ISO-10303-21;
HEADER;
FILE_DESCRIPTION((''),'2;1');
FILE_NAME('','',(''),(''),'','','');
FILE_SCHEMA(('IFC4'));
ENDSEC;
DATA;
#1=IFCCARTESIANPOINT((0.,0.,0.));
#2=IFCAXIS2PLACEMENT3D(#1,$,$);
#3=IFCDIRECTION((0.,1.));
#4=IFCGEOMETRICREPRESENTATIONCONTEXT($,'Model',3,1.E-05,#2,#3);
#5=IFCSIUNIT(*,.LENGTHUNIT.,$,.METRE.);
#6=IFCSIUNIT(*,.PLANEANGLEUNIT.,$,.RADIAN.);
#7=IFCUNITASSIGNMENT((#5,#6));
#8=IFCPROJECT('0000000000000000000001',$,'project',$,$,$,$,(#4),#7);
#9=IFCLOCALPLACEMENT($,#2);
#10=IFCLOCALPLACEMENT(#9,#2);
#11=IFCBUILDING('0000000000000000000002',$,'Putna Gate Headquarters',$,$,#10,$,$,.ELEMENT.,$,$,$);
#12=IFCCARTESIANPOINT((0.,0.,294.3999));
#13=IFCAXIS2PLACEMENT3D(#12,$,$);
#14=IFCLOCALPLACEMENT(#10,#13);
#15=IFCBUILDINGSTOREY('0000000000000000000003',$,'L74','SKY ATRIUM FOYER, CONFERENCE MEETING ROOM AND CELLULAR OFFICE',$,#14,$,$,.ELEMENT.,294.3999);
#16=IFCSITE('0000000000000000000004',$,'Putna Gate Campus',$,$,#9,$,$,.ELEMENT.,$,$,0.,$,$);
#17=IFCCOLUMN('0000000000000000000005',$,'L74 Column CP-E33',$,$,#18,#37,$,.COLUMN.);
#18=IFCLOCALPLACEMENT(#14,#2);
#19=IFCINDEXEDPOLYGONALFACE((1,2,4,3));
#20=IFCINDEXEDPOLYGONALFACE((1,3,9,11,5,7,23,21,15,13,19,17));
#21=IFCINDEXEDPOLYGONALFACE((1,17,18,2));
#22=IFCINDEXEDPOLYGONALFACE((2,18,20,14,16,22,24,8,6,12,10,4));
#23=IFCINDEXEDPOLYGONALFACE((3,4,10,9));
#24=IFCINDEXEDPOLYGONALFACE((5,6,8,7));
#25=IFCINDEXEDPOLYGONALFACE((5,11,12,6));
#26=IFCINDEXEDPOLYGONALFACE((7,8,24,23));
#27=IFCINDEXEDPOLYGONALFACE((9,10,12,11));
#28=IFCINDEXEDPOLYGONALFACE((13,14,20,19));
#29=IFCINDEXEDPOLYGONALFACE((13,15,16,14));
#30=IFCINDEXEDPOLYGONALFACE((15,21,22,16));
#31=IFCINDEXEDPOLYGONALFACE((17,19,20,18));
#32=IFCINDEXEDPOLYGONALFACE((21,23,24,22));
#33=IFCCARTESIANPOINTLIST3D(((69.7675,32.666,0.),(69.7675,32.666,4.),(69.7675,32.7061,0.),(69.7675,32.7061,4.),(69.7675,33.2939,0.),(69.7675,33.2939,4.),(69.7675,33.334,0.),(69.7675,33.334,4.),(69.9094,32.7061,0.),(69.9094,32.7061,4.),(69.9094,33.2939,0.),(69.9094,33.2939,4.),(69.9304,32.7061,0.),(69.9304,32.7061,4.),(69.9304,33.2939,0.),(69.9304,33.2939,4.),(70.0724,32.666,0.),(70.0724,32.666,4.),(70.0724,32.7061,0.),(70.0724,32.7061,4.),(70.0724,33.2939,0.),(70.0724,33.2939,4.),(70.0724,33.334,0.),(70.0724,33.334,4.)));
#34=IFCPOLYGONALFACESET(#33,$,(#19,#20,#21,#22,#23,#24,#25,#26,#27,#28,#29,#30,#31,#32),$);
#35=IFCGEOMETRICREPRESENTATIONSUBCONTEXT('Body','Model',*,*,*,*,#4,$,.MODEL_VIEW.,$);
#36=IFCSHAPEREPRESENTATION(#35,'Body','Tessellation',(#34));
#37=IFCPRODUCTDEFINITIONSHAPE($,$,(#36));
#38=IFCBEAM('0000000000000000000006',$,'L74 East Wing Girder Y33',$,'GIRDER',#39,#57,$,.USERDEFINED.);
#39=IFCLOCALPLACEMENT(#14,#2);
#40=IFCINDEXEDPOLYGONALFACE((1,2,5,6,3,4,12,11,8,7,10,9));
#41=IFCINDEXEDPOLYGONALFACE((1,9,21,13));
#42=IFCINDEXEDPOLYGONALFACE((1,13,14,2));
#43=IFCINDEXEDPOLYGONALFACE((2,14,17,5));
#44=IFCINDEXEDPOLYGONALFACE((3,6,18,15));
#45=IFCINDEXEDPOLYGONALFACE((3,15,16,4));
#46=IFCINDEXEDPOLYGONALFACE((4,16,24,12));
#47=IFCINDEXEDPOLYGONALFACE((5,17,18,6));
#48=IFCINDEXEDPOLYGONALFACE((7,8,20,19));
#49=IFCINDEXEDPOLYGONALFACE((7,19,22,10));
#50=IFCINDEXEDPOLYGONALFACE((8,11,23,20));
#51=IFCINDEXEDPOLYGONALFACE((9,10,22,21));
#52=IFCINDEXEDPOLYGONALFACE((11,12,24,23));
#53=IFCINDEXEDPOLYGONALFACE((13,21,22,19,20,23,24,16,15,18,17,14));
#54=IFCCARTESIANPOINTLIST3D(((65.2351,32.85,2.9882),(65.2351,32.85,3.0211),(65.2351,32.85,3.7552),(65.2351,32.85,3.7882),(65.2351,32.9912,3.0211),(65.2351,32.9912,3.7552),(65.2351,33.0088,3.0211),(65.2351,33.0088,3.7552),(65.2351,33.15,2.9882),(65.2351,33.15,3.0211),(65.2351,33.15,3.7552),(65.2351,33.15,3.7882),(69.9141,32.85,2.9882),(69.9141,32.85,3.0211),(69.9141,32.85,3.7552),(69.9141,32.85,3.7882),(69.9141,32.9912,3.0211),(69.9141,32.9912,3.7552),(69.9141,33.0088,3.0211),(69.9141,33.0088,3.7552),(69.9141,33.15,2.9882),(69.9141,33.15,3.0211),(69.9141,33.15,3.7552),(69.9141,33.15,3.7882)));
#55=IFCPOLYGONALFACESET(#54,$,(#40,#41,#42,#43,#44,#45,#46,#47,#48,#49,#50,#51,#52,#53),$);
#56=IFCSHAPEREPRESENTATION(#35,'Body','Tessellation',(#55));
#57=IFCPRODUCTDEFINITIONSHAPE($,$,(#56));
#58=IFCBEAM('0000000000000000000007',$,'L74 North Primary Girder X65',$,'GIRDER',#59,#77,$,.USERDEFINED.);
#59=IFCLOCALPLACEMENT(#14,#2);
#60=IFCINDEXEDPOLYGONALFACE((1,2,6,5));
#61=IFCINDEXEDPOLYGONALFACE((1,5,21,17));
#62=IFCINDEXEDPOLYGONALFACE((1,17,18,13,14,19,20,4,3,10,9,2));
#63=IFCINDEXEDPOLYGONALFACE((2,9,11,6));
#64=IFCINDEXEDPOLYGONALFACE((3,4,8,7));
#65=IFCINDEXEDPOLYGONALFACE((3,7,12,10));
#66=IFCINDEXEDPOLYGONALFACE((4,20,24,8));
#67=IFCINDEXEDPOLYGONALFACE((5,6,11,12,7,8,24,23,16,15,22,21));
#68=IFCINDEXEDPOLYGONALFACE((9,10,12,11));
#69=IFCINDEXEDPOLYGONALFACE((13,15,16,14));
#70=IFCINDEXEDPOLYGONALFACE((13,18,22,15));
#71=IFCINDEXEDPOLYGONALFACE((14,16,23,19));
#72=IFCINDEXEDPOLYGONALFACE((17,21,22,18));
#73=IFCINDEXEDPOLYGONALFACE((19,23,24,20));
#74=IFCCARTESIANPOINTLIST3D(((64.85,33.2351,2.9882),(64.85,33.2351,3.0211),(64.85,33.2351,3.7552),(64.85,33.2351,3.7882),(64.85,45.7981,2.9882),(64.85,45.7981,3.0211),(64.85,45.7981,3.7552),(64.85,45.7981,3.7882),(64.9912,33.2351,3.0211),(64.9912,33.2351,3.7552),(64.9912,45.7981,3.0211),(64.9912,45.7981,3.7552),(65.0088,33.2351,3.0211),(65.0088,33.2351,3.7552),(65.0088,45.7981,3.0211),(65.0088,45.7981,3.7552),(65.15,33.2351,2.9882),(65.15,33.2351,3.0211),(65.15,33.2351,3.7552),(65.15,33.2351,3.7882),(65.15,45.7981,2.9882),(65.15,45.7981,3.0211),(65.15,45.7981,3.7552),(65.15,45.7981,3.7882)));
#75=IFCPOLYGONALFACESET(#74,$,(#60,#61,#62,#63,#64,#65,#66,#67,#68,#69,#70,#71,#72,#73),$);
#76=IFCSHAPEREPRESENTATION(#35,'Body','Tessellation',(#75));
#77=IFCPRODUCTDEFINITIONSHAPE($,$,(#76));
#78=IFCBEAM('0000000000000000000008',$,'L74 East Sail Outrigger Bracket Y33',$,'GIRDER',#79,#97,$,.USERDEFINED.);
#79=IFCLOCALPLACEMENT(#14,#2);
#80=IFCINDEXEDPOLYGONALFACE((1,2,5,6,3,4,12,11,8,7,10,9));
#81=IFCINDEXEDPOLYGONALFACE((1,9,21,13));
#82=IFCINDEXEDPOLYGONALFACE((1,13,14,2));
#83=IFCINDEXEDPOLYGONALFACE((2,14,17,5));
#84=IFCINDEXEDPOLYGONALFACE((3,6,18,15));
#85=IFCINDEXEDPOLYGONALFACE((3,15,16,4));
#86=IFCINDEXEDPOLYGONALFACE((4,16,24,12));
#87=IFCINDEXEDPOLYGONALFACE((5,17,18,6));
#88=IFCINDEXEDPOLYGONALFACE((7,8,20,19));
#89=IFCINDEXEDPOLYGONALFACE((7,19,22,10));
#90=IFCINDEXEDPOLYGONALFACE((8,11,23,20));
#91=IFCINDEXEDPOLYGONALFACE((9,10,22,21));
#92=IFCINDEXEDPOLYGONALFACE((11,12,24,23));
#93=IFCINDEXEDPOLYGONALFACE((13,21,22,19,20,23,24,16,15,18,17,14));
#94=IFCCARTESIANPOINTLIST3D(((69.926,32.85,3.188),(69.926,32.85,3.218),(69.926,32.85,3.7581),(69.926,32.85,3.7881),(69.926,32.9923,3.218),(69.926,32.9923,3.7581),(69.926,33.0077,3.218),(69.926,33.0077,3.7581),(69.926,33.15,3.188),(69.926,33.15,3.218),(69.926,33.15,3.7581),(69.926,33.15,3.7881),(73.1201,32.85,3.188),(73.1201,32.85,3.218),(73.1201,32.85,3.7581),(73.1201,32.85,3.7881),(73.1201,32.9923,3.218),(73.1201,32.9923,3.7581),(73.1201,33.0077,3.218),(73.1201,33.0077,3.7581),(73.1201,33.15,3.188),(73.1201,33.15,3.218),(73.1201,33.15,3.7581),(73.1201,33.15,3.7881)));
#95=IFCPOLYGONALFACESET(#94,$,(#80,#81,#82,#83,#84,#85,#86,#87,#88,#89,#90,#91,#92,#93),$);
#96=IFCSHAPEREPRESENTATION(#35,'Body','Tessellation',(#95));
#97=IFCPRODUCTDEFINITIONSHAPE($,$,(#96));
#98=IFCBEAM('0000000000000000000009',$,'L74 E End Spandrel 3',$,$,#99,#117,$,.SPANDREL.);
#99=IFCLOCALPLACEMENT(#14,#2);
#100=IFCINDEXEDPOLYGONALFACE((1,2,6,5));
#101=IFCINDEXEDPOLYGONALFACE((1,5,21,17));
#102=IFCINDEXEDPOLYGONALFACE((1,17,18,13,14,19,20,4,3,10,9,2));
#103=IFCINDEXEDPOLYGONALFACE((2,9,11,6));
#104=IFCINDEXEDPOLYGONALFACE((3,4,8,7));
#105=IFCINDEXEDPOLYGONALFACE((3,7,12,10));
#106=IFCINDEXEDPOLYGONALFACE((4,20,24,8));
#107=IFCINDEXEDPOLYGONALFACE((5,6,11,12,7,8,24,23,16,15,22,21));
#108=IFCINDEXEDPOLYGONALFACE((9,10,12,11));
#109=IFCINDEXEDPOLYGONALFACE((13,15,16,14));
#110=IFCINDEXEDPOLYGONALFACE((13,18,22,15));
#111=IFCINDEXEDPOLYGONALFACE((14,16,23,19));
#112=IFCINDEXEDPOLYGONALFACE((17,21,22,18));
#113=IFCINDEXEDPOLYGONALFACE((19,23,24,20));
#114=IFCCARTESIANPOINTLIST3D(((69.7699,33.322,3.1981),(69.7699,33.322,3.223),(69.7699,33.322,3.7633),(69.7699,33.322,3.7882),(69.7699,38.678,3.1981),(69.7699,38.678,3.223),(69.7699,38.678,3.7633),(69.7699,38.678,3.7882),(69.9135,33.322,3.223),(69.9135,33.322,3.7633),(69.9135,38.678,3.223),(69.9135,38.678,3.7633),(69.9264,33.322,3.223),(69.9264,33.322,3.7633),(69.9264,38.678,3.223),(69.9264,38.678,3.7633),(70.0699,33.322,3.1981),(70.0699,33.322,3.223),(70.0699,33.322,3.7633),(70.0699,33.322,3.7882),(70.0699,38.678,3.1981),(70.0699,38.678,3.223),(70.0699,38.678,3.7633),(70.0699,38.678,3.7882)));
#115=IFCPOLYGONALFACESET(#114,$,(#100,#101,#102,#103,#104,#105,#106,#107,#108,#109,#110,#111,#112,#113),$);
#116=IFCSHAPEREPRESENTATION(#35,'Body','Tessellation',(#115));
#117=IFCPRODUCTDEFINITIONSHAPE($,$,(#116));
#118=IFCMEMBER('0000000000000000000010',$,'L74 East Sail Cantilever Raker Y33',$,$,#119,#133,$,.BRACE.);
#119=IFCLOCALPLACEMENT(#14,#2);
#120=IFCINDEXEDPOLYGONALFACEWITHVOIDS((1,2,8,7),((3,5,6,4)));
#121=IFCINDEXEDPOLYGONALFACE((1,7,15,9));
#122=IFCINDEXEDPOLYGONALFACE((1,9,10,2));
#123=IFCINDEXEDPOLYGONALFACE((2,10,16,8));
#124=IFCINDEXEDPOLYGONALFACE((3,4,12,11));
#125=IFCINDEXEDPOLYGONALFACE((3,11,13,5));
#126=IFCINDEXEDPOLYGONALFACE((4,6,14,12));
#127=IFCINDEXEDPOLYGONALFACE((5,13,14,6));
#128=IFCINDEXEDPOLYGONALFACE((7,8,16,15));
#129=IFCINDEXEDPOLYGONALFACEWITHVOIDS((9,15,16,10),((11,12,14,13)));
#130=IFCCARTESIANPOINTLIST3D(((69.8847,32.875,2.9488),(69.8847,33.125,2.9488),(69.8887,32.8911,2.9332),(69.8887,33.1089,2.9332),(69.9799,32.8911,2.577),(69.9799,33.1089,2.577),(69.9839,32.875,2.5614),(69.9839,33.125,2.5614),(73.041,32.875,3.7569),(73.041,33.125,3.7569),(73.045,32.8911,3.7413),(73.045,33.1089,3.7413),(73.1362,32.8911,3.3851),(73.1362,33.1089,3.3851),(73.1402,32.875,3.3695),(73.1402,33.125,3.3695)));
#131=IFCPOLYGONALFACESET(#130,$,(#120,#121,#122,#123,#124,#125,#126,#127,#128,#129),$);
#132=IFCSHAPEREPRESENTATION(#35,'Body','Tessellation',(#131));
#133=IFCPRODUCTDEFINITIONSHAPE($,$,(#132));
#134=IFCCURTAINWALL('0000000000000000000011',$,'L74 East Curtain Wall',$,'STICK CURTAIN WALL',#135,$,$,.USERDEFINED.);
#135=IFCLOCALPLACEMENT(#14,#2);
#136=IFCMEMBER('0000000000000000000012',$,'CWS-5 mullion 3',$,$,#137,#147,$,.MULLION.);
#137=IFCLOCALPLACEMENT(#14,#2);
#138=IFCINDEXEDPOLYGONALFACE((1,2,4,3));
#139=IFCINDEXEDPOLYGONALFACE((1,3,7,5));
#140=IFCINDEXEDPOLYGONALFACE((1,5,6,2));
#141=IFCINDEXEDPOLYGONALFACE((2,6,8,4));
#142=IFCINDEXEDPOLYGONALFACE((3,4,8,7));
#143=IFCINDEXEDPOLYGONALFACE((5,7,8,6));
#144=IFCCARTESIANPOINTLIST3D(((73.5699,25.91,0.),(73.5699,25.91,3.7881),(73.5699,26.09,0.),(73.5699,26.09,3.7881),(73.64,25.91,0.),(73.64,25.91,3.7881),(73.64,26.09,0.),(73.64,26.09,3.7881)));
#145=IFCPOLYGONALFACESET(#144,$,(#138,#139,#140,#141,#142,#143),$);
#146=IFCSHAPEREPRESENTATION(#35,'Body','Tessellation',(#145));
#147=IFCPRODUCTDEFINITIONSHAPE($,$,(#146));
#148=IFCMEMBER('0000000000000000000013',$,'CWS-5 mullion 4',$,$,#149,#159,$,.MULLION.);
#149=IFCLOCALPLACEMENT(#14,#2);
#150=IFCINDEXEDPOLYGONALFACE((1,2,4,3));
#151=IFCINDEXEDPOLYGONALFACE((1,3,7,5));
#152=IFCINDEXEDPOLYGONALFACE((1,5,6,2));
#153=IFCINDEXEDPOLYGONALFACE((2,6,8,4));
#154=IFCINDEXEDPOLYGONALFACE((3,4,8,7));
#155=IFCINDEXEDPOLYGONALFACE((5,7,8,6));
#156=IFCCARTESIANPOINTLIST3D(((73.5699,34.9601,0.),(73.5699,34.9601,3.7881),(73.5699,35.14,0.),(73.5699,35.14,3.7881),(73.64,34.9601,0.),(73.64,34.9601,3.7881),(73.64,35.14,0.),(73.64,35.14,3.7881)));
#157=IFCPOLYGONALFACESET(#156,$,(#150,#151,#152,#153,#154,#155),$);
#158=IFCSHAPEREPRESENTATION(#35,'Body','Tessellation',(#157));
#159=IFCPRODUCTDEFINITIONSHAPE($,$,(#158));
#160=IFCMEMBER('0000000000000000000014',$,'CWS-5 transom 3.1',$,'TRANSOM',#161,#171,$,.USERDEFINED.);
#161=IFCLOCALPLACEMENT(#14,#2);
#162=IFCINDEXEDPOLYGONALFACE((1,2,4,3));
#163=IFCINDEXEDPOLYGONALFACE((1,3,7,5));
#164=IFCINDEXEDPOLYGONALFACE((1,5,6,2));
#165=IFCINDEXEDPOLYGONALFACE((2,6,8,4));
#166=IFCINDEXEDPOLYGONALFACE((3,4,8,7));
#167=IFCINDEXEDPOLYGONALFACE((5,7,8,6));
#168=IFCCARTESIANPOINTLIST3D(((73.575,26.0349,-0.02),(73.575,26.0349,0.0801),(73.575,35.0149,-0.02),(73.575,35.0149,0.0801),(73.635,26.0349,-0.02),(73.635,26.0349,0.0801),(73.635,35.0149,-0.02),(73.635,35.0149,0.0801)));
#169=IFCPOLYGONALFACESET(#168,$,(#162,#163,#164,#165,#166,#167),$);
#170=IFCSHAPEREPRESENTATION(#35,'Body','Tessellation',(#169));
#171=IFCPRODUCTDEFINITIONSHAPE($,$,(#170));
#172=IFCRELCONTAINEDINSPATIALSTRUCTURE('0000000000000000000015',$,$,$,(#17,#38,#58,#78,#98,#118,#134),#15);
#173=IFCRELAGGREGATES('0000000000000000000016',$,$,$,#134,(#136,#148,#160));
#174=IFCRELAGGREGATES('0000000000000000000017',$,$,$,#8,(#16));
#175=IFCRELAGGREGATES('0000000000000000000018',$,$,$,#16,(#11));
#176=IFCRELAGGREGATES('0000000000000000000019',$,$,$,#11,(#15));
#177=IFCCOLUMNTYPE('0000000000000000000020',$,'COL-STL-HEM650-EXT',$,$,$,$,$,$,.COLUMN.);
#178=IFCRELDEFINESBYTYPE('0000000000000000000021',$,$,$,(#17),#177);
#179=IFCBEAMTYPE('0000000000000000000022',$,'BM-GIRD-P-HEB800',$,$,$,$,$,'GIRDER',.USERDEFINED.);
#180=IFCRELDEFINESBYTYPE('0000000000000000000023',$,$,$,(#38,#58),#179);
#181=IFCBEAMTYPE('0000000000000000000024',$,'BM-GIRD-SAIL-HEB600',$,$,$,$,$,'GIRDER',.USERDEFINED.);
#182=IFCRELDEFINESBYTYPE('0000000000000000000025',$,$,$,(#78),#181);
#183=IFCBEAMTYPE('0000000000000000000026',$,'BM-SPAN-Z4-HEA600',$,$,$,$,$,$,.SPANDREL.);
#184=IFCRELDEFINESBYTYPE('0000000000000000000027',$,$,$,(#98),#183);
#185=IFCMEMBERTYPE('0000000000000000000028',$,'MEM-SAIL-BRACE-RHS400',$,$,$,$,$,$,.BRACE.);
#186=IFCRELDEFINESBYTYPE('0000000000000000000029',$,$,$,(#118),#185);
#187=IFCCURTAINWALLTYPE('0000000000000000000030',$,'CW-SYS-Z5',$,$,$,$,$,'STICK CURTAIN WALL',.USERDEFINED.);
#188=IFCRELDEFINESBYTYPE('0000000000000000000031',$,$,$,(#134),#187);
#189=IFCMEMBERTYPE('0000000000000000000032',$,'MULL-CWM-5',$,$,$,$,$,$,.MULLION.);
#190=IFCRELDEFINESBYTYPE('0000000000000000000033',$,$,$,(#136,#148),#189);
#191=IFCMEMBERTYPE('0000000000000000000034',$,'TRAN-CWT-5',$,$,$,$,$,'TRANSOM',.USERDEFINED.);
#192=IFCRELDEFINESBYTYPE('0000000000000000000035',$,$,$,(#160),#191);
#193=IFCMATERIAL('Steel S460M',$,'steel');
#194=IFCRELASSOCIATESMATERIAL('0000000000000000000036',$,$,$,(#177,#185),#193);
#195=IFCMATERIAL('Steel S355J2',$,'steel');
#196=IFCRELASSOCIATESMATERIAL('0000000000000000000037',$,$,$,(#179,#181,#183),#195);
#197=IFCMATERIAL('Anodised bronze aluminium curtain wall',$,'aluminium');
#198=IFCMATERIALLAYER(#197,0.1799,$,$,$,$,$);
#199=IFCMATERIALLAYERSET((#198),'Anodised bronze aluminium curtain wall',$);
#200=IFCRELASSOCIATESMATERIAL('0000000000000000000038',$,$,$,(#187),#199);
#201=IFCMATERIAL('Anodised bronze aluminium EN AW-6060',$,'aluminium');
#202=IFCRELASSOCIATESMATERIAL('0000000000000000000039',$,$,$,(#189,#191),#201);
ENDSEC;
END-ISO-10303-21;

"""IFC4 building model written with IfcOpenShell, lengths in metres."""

from ifc_helpers import new_model, si_unit, direction, frame, origin, origin_2d, place, context, subcontext, project, spatial, rectangle, hollow_rectangle, i_section, extrude, material, layer, layer_set, material_profile, profile_set, type_object, element, aggregate, save


model = new_model("IFC4")

# Units and contexts
model_context = context("Model", 3, precision=1e-05, world=origin(), true_north=direction((0.0, 1.0)))
body_context = subcontext(model_context, "Body", "Model", "MODEL_VIEW")
ifc_project = project(units=[si_unit("LENGTHUNIT", "METRE"), si_unit("PLANEANGLEUNIT", "RADIAN")], contexts=[model_context])

# Site, building, storey
site_placement = place(None, origin())
site = spatial("IfcSite", under=ifc_project, at=site_placement, Name="Putna Gate Campus", CompositionType="ELEMENT", RefElevation=0.0)
building_placement = place(site_placement, origin())
building = spatial("IfcBuilding", under=site, at=building_placement, Name="Putna Gate Headquarters", CompositionType="ELEMENT")
storey_placement = place(building_placement, frame((0.0, 0.0, 294.3999)))
storey = spatial("IfcBuildingStorey", under=building, at=storey_placement, Name="L74", Description="SKY ATRIUM FOYER, CONFERENCE MEETING ROOM AND CELLULAR OFFICE", CompositionType="ELEMENT", Elevation=294.3999)

# Column
ifc_material_1 = material(Name="Steel S460M", Category="steel")
ifc_material_profile_1 = material_profile(ifc_material_1, i_section(OverallWidth=0.3049, OverallDepth=0.668, WebThickness=0.021, FlangeThickness=0.04, at=origin_2d()), Name="Steel S460M")
ifc_profile_set_1 = profile_set([ifc_material_profile_1], Name="Steel S460M")
column_type = type_object("IfcColumnType", Name="COL-STL-HEM650-EXT", PredefinedType="COLUMN", material=ifc_profile_set_1)
column_placement = place(storey_placement, frame((69.9199, 33.0, 0.0), z_axis=(0.0, 0.0, 1.0), x_axis=(1.0, 0.0, 0.0)))
element("IfcColumn", 1, at=column_placement, inside=storey, type_object=column_type, Name="L74 Column CP-E33", PredefinedType="COLUMN", context=body_context, shape_type="SweptSolid", body=[
    extrude(i_section(OverallWidth=0.3049, OverallDepth=0.668, WebThickness=0.021, FlangeThickness=0.04, at=origin_2d()), origin(), (0.0, 0.0, 1.0), 4.0),
])

# Beams
ifc_material_2 = material(Name="Steel S355J2", Category="steel")
ifc_material_profile_2 = material_profile(ifc_material_2, i_section(OverallWidth=0.3, OverallDepth=0.8, WebThickness=0.0176, FlangeThickness=0.033, at=origin_2d()), Name="Steel S355J2")
ifc_profile_set_2 = profile_set([ifc_material_profile_2], Name="Steel S355J2")
beam_type_1 = type_object("IfcBeamType", Name="BM-GIRD-P-HEB800", ElementType="GIRDER", PredefinedType="USERDEFINED", material=ifc_profile_set_2)
beam_1_placement = place(storey_placement, frame((65.2351, 33.0, 3.3882), z_axis=(1.0, 0.0, 0.0), x_axis=(0.0, 1.0, 0.0)))
element("IfcBeam", 2, at=beam_1_placement, inside=storey, type_object=beam_type_1, Name="L74 East Wing Girder Y33", ObjectType="GIRDER", PredefinedType="USERDEFINED", context=body_context, shape_type="SweptSolid", body=[
    extrude(i_section(OverallWidth=0.3, OverallDepth=0.8, WebThickness=0.0176, FlangeThickness=0.033, at=origin_2d()), origin(), (0.0, 0.0, 1.0), 4.679),
])
beam_2_placement = place(storey_placement, frame((65.0, 33.2351, 3.3882), z_axis=(0.0, 1.0, 0.0), x_axis=(-1.0, 0.0, 0.0)))
element("IfcBeam", 3, at=beam_2_placement, inside=storey, type_object=beam_type_1, Name="L74 North Primary Girder X65", ObjectType="GIRDER", PredefinedType="USERDEFINED", context=body_context, shape_type="SweptSolid", body=[
    extrude(i_section(OverallWidth=0.3, OverallDepth=0.8, WebThickness=0.0176, FlangeThickness=0.033, at=origin_2d()), origin(), (0.0, 0.0, 1.0), 12.563),
])
ifc_material_profile_3 = material_profile(ifc_material_2, i_section(OverallWidth=0.3, OverallDepth=0.6001, WebThickness=0.0154, FlangeThickness=0.03, at=origin_2d()), Name="Steel S355J2")
ifc_profile_set_3 = profile_set([ifc_material_profile_3], Name="Steel S355J2")
beam_type_2 = type_object("IfcBeamType", Name="BM-GIRD-SAIL-HEB600", ElementType="GIRDER", PredefinedType="USERDEFINED", material=ifc_profile_set_3)
beam_3_placement = place(storey_placement, frame((69.926, 33.0, 3.488), z_axis=(1.0, 0.0, 0.0), x_axis=(0.0, 1.0, 0.0)))
element("IfcBeam", 4, at=beam_3_placement, inside=storey, type_object=beam_type_2, Name="L74 East Sail Outrigger Bracket Y33", ObjectType="GIRDER", PredefinedType="USERDEFINED", context=body_context, shape_type="SweptSolid", body=[
    extrude(i_section(OverallWidth=0.3, OverallDepth=0.6001, WebThickness=0.0154, FlangeThickness=0.03, at=origin_2d()), origin(), (0.0, 0.0, 1.0), 3.1941),
])
ifc_material_profile_4 = material_profile(ifc_material_2, i_section(OverallWidth=0.3, OverallDepth=0.5901, WebThickness=0.0129, FlangeThickness=0.0249, at=origin_2d()), Name="Steel S355J2")
ifc_profile_set_4 = profile_set([ifc_material_profile_4], Name="Steel S355J2")
beam_type_3 = type_object("IfcBeamType", Name="BM-SPAN-Z4-HEA600", PredefinedType="SPANDREL", material=ifc_profile_set_4)
beam_4_placement = place(storey_placement, frame((69.9199, 33.322, 3.4932), z_axis=(0.0, 1.0, 0.0), x_axis=(-1.0, 0.0, 0.0)))
element("IfcBeam", 5, at=beam_4_placement, inside=storey, type_object=beam_type_3, Name="L74 E End Spandrel 3", PredefinedType="SPANDREL", context=body_context, shape_type="SweptSolid", body=[
    extrude(i_section(OverallWidth=0.3, OverallDepth=0.5901, WebThickness=0.0129, FlangeThickness=0.0249, at=origin_2d()), origin(), (0.0, 0.0, 1.0), 5.356),
])

# Member
ifc_material_profile_5 = material_profile(ifc_material_1, hollow_rectangle(XDim=0.25, YDim=0.3999, WallThickness=0.0161, at=origin_2d()), Name="Steel S460M")
ifc_profile_set_5 = profile_set([ifc_material_profile_5], Name="Steel S460M")
member_type_1 = type_object("IfcMemberType", Name="MEM-SAIL-BRACE-RHS400", PredefinedType="BRACE", material=ifc_profile_set_5)
member_1_placement = place(storey_placement, frame((69.9343, 33.0, 2.7551), z_axis=(0.968752, 0.0, 0.248033), x_axis=(0.0, 1.0, 0.0)))
element("IfcMember", 6, at=member_1_placement, inside=storey, type_object=member_type_1, Name="L74 East Sail Cantilever Raker Y33", PredefinedType="BRACE", context=body_context, shape_type="SweptSolid", body=[
    extrude(hollow_rectangle(XDim=0.25, YDim=0.3999, WallThickness=0.0161, at=origin_2d()), origin(), (0.0, 0.0, 1.0), 3.2581),
])

# Curtain wall, members
ifc_material_3 = material(Name="Anodised bronze aluminium curtain wall", Category="aluminium")
ifc_layer_1 = layer(ifc_material_3, 0.1799)
ifc_layer_set_1 = layer_set([ifc_layer_1], Name="Anodised bronze aluminium curtain wall")
curtain_wall_type = type_object("IfcCurtainWallType", Name="CW-SYS-Z5", ElementType="STICK CURTAIN WALL", PredefinedType="USERDEFINED", material=ifc_layer_set_1)
curtain_wall_placement = place(storey_placement, origin())
curtain_wall = element("IfcCurtainWall", 7, at=curtain_wall_placement, inside=storey, type_object=curtain_wall_type, Name="L74 East Curtain Wall", ObjectType="STICK CURTAIN WALL", PredefinedType="USERDEFINED")
ifc_material_4 = material(Name="Anodised bronze aluminium EN AW-6060", Category="aluminium")
ifc_material_profile_6 = material_profile(ifc_material_4, rectangle(XDim=0.0701, YDim=0.1799, at=origin_2d()), Name="Anodised bronze aluminium EN AW-6060")
ifc_profile_set_6 = profile_set([ifc_material_profile_6], Name="Anodised bronze aluminium EN AW-6060")
member_type_2 = type_object("IfcMemberType", Name="MULL-CWM-5", PredefinedType="MULLION", material=ifc_profile_set_6)
member_2_placement = place(storey_placement, frame((73.605, 26.0, 0.0), z_axis=(0.0, 0.0, 1.0), x_axis=(-1.0, 0.0, 0.0)))
member_2 = element("IfcMember", 8, at=member_2_placement, type_object=member_type_2, Name="CWS-5 mullion 3", PredefinedType="MULLION", context=body_context, shape_type="SweptSolid", body=[
    extrude(rectangle(XDim=0.0701, YDim=0.1799, at=origin_2d()), origin(), (0.0, 0.0, 1.0), 3.7881),
])
member_3_placement = place(storey_placement, frame((73.605, 35.05, 0.0), z_axis=(0.0, 0.0, 1.0), x_axis=(-1.0, 0.0, 0.0)))
member_3 = element("IfcMember", 9, at=member_3_placement, type_object=member_type_2, Name="CWS-5 mullion 4", PredefinedType="MULLION", context=body_context, shape_type="SweptSolid", body=[
    extrude(rectangle(XDim=0.0701, YDim=0.1799, at=origin_2d()), origin(), (0.0, 0.0, 1.0), 3.7881),
])
ifc_material_profile_7 = material_profile(ifc_material_4, rectangle(XDim=0.0601, YDim=0.1001, at=origin_2d()), Name="Anodised bronze aluminium EN AW-6060")
ifc_profile_set_7 = profile_set([ifc_material_profile_7], Name="Anodised bronze aluminium EN AW-6060")
member_type_3 = type_object("IfcMemberType", Name="TRAN-CWT-5", ElementType="TRANSOM", PredefinedType="USERDEFINED", material=ifc_profile_set_7)
member_4_placement = place(storey_placement, frame((73.605, 26.0349, 0.03), z_axis=(0.0, 1.0, 0.0), x_axis=(-1.0, 0.0, 0.0)))
member_4 = element("IfcMember", 10, at=member_4_placement, type_object=member_type_3, Name="CWS-5 transom 3.1", ObjectType="TRANSOM", PredefinedType="USERDEFINED", context=body_context, shape_type="SweptSolid", body=[
    extrude(rectangle(XDim=0.0601, YDim=0.1001, at=origin_2d()), origin(), (0.0, 0.0, 1.0), 8.98),
])
aggregate(curtain_wall, [member_2, member_3, member_4])

save(model, "model.ifc")
